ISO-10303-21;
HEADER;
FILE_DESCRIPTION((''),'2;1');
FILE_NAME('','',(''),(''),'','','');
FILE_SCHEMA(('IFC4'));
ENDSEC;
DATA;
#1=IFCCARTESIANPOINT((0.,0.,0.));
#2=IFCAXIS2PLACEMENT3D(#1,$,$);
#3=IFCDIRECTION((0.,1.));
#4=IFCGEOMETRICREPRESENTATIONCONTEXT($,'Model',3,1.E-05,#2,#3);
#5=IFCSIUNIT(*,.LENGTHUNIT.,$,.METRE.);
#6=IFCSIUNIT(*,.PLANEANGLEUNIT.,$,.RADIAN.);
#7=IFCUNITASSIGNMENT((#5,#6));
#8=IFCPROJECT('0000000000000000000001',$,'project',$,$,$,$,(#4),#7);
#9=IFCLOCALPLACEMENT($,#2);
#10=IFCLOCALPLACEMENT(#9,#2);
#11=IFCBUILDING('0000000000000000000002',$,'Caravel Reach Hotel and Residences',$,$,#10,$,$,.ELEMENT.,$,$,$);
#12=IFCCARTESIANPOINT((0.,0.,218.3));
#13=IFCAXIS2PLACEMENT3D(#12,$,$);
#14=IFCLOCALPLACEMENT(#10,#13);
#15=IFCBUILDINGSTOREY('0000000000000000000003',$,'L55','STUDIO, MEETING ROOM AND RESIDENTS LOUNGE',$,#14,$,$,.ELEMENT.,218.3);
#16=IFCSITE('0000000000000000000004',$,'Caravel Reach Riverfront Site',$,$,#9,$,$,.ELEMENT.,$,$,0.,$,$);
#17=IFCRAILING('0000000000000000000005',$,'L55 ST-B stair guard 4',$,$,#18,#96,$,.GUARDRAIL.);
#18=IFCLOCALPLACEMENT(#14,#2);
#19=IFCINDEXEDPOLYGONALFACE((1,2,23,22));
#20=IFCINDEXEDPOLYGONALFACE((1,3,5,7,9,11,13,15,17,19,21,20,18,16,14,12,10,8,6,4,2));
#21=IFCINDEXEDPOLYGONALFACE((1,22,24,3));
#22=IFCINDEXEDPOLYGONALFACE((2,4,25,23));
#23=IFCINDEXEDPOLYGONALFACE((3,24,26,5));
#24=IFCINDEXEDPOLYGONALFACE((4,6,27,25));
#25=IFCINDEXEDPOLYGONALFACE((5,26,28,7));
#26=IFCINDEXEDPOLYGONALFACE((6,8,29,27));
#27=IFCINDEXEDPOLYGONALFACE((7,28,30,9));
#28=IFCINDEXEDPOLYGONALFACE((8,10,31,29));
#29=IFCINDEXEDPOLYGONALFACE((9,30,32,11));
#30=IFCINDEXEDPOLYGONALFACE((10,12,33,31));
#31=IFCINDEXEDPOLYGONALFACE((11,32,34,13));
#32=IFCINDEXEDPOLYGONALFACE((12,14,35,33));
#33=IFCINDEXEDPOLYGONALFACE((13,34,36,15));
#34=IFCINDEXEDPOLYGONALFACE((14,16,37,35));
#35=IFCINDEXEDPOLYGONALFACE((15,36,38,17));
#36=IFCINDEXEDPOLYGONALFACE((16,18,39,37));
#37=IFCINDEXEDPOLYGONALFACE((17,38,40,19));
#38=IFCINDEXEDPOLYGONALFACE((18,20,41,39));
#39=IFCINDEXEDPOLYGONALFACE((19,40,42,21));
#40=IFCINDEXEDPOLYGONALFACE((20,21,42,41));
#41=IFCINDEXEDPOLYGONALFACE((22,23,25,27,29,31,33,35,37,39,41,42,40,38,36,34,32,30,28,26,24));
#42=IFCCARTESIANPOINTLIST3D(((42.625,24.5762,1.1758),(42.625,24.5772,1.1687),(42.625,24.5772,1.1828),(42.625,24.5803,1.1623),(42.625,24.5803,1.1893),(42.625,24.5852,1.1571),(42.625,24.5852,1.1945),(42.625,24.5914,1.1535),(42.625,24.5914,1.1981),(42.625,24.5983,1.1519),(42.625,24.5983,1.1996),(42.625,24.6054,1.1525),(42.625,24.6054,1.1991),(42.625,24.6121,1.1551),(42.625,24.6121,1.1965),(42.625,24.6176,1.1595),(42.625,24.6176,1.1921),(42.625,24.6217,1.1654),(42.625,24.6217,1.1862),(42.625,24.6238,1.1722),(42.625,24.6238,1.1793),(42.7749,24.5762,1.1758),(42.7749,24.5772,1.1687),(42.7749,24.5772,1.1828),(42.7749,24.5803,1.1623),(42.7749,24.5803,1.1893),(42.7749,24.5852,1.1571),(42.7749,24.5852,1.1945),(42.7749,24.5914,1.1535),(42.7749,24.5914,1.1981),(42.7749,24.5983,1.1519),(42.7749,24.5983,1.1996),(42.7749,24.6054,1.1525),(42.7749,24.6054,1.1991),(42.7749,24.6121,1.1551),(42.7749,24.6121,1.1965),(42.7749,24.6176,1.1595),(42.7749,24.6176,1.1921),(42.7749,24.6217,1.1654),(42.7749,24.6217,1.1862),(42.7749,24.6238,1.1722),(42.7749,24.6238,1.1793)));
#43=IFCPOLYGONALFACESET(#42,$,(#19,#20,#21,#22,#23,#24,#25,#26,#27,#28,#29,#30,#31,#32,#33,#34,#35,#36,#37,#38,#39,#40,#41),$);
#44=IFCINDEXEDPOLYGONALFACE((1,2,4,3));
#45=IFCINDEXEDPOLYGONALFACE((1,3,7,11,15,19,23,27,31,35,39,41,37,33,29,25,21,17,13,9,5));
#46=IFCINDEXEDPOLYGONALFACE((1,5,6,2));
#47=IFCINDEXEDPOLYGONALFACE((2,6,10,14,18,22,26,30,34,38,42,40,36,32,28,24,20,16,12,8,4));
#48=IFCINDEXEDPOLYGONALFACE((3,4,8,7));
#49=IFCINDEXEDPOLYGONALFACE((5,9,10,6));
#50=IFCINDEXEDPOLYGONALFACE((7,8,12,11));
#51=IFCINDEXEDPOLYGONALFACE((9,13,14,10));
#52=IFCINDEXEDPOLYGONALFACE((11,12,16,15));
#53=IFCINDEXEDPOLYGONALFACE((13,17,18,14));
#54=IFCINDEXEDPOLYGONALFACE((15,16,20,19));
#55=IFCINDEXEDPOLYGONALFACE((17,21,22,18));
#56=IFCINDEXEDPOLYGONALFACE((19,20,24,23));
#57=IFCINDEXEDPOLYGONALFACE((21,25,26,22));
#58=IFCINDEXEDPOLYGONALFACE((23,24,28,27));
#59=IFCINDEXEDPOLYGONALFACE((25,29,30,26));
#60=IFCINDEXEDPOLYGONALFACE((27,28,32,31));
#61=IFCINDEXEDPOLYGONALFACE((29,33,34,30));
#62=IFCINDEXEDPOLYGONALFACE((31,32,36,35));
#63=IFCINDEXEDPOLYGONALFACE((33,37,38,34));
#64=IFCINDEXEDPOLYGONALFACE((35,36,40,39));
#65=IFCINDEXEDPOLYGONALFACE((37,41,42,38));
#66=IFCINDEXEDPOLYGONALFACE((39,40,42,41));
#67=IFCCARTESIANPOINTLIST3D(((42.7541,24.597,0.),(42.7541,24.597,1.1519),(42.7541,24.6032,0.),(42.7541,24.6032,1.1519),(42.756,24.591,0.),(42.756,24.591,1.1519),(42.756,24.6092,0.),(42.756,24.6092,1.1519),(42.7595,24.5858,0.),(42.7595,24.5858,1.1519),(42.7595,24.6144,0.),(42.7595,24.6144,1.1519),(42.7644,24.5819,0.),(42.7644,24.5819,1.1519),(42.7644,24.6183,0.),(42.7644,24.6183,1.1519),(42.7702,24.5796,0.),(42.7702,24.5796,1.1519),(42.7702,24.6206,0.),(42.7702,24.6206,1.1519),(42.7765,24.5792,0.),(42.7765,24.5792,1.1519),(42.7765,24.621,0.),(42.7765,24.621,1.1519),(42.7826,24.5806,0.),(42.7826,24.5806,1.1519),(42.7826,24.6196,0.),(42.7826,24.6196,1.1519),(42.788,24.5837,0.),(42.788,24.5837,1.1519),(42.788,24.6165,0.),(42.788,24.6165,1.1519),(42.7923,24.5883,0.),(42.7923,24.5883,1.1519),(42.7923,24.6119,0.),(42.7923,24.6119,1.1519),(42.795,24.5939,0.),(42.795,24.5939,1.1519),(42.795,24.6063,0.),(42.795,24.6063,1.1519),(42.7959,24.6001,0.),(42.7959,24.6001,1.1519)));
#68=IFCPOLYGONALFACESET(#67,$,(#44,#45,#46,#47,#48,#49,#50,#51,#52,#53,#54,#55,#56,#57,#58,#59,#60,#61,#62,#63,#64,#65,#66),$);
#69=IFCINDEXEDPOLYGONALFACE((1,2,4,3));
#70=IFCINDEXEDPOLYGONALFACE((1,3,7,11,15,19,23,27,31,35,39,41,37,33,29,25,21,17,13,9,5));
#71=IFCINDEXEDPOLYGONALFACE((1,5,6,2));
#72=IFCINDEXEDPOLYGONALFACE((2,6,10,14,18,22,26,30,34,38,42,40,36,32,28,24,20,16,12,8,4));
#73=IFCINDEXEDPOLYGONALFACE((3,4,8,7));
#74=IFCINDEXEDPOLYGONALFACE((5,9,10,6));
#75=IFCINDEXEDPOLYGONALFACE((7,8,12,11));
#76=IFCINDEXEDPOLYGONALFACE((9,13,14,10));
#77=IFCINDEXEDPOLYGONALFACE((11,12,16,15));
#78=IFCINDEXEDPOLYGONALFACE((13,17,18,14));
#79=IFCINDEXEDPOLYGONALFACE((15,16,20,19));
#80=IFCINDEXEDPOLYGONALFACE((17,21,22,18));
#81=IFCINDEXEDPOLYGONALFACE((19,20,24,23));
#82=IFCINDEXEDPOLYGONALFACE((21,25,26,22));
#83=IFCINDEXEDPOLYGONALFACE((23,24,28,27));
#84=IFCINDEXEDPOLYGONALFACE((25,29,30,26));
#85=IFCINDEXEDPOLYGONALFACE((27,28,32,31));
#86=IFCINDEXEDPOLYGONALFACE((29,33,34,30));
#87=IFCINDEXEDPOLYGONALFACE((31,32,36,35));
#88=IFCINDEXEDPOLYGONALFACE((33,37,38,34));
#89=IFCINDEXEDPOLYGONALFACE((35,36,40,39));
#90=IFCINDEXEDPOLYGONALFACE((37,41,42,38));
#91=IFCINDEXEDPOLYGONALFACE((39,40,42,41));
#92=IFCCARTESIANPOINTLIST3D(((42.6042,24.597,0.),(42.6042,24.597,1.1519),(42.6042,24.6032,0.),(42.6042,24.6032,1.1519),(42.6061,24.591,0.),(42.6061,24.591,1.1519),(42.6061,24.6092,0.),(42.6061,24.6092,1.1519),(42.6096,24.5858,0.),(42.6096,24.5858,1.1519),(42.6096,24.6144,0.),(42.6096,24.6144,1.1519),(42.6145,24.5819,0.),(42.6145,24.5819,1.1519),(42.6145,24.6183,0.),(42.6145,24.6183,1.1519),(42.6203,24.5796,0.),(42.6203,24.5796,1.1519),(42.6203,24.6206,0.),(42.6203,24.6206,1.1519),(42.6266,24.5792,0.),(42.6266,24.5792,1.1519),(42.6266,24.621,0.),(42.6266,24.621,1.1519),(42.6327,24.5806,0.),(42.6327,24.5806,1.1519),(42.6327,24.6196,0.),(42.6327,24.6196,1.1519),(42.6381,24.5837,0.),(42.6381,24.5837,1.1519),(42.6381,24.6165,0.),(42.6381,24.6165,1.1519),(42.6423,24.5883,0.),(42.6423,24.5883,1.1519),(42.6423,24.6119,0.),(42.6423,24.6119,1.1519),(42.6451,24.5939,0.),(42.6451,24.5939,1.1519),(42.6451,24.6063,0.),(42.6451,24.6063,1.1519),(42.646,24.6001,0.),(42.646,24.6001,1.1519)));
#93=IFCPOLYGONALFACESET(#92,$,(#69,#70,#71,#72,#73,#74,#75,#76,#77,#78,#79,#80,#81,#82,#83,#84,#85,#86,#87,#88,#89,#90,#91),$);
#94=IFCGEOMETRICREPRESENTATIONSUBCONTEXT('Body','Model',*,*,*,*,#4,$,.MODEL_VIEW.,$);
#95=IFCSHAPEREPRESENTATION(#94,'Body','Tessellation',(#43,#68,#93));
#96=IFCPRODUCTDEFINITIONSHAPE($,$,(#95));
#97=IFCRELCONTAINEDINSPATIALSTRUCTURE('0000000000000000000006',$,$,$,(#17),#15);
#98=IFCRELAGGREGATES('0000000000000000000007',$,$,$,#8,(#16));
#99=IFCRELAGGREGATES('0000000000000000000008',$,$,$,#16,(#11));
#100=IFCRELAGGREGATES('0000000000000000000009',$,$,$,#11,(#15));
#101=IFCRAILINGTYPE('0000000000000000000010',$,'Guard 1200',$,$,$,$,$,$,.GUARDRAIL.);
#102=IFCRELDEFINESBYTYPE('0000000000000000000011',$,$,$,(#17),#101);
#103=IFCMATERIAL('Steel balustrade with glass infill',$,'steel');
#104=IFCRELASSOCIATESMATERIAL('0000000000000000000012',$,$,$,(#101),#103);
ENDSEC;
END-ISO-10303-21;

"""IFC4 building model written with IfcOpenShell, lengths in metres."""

from ifc_helpers import new_model, si_unit, direction, frame, origin, origin_2d, place, context, subcontext, project, spatial, circle, extrude, material, type_object, element, save


model = new_model("IFC4")

# Units and contexts
model_context = context("Model", 3, precision=1e-05, world=origin(), true_north=direction((0.0, 1.0)))
body_context = subcontext(model_context, "Body", "Model", "MODEL_VIEW")
ifc_project = project(units=[si_unit("LENGTHUNIT", "METRE"), si_unit("PLANEANGLEUNIT", "RADIAN")], contexts=[model_context])

# Site, building, storey
site_placement = place(None, origin())
site = spatial("IfcSite", under=ifc_project, at=site_placement, Name="Caravel Reach Riverfront Site", CompositionType="ELEMENT", RefElevation=0.0)
building_placement = place(site_placement, origin())
building = spatial("IfcBuilding", under=site, at=building_placement, Name="Caravel Reach Hotel and Residences", CompositionType="ELEMENT")
storey_placement = place(building_placement, frame((0.0, 0.0, 218.3)))
storey = spatial("IfcBuildingStorey", under=building, at=storey_placement, Name="L55", Description="STUDIO, MEETING ROOM AND RESIDENTS LOUNGE", CompositionType="ELEMENT", Elevation=218.3)

# Railing
ifc_material_1 = material(Name="Steel balustrade with glass infill", Category="steel")
railing_type_1 = type_object("IfcRailingType", Name="Guard 1200", PredefinedType="GUARDRAIL", material=ifc_material_1)
railing_1_placement = place(storey_placement, frame((42.7749, 24.6001, 0.0)))
element("IfcRailing", 1, at=railing_1_placement, inside=storey, type_object=railing_type_1, Name="L55 ST-B stair guard 4", PredefinedType="GUARDRAIL", context=body_context, shape_type="SweptSolid", body=[
    extrude(circle(Radius=0.0239, at=origin_2d()), frame((0.0, 0.0, 1.1758), z_axis=(-1.0, 0.0, 0.0), x_axis=(0.0, -1.0, 0.0)), (0.0, 0.0, 1.0), 0.1499),
    extrude(circle(Radius=0.021, at=origin_2d()), origin(), (0.0, 0.0, 1.0), 1.1519),
    extrude(circle(Radius=0.021, at=origin_2d()), frame((-0.1499, 0.0, 0.0)), (0.0, 0.0, 1.0), 1.1519),
])

save(model, "model.ifc")
